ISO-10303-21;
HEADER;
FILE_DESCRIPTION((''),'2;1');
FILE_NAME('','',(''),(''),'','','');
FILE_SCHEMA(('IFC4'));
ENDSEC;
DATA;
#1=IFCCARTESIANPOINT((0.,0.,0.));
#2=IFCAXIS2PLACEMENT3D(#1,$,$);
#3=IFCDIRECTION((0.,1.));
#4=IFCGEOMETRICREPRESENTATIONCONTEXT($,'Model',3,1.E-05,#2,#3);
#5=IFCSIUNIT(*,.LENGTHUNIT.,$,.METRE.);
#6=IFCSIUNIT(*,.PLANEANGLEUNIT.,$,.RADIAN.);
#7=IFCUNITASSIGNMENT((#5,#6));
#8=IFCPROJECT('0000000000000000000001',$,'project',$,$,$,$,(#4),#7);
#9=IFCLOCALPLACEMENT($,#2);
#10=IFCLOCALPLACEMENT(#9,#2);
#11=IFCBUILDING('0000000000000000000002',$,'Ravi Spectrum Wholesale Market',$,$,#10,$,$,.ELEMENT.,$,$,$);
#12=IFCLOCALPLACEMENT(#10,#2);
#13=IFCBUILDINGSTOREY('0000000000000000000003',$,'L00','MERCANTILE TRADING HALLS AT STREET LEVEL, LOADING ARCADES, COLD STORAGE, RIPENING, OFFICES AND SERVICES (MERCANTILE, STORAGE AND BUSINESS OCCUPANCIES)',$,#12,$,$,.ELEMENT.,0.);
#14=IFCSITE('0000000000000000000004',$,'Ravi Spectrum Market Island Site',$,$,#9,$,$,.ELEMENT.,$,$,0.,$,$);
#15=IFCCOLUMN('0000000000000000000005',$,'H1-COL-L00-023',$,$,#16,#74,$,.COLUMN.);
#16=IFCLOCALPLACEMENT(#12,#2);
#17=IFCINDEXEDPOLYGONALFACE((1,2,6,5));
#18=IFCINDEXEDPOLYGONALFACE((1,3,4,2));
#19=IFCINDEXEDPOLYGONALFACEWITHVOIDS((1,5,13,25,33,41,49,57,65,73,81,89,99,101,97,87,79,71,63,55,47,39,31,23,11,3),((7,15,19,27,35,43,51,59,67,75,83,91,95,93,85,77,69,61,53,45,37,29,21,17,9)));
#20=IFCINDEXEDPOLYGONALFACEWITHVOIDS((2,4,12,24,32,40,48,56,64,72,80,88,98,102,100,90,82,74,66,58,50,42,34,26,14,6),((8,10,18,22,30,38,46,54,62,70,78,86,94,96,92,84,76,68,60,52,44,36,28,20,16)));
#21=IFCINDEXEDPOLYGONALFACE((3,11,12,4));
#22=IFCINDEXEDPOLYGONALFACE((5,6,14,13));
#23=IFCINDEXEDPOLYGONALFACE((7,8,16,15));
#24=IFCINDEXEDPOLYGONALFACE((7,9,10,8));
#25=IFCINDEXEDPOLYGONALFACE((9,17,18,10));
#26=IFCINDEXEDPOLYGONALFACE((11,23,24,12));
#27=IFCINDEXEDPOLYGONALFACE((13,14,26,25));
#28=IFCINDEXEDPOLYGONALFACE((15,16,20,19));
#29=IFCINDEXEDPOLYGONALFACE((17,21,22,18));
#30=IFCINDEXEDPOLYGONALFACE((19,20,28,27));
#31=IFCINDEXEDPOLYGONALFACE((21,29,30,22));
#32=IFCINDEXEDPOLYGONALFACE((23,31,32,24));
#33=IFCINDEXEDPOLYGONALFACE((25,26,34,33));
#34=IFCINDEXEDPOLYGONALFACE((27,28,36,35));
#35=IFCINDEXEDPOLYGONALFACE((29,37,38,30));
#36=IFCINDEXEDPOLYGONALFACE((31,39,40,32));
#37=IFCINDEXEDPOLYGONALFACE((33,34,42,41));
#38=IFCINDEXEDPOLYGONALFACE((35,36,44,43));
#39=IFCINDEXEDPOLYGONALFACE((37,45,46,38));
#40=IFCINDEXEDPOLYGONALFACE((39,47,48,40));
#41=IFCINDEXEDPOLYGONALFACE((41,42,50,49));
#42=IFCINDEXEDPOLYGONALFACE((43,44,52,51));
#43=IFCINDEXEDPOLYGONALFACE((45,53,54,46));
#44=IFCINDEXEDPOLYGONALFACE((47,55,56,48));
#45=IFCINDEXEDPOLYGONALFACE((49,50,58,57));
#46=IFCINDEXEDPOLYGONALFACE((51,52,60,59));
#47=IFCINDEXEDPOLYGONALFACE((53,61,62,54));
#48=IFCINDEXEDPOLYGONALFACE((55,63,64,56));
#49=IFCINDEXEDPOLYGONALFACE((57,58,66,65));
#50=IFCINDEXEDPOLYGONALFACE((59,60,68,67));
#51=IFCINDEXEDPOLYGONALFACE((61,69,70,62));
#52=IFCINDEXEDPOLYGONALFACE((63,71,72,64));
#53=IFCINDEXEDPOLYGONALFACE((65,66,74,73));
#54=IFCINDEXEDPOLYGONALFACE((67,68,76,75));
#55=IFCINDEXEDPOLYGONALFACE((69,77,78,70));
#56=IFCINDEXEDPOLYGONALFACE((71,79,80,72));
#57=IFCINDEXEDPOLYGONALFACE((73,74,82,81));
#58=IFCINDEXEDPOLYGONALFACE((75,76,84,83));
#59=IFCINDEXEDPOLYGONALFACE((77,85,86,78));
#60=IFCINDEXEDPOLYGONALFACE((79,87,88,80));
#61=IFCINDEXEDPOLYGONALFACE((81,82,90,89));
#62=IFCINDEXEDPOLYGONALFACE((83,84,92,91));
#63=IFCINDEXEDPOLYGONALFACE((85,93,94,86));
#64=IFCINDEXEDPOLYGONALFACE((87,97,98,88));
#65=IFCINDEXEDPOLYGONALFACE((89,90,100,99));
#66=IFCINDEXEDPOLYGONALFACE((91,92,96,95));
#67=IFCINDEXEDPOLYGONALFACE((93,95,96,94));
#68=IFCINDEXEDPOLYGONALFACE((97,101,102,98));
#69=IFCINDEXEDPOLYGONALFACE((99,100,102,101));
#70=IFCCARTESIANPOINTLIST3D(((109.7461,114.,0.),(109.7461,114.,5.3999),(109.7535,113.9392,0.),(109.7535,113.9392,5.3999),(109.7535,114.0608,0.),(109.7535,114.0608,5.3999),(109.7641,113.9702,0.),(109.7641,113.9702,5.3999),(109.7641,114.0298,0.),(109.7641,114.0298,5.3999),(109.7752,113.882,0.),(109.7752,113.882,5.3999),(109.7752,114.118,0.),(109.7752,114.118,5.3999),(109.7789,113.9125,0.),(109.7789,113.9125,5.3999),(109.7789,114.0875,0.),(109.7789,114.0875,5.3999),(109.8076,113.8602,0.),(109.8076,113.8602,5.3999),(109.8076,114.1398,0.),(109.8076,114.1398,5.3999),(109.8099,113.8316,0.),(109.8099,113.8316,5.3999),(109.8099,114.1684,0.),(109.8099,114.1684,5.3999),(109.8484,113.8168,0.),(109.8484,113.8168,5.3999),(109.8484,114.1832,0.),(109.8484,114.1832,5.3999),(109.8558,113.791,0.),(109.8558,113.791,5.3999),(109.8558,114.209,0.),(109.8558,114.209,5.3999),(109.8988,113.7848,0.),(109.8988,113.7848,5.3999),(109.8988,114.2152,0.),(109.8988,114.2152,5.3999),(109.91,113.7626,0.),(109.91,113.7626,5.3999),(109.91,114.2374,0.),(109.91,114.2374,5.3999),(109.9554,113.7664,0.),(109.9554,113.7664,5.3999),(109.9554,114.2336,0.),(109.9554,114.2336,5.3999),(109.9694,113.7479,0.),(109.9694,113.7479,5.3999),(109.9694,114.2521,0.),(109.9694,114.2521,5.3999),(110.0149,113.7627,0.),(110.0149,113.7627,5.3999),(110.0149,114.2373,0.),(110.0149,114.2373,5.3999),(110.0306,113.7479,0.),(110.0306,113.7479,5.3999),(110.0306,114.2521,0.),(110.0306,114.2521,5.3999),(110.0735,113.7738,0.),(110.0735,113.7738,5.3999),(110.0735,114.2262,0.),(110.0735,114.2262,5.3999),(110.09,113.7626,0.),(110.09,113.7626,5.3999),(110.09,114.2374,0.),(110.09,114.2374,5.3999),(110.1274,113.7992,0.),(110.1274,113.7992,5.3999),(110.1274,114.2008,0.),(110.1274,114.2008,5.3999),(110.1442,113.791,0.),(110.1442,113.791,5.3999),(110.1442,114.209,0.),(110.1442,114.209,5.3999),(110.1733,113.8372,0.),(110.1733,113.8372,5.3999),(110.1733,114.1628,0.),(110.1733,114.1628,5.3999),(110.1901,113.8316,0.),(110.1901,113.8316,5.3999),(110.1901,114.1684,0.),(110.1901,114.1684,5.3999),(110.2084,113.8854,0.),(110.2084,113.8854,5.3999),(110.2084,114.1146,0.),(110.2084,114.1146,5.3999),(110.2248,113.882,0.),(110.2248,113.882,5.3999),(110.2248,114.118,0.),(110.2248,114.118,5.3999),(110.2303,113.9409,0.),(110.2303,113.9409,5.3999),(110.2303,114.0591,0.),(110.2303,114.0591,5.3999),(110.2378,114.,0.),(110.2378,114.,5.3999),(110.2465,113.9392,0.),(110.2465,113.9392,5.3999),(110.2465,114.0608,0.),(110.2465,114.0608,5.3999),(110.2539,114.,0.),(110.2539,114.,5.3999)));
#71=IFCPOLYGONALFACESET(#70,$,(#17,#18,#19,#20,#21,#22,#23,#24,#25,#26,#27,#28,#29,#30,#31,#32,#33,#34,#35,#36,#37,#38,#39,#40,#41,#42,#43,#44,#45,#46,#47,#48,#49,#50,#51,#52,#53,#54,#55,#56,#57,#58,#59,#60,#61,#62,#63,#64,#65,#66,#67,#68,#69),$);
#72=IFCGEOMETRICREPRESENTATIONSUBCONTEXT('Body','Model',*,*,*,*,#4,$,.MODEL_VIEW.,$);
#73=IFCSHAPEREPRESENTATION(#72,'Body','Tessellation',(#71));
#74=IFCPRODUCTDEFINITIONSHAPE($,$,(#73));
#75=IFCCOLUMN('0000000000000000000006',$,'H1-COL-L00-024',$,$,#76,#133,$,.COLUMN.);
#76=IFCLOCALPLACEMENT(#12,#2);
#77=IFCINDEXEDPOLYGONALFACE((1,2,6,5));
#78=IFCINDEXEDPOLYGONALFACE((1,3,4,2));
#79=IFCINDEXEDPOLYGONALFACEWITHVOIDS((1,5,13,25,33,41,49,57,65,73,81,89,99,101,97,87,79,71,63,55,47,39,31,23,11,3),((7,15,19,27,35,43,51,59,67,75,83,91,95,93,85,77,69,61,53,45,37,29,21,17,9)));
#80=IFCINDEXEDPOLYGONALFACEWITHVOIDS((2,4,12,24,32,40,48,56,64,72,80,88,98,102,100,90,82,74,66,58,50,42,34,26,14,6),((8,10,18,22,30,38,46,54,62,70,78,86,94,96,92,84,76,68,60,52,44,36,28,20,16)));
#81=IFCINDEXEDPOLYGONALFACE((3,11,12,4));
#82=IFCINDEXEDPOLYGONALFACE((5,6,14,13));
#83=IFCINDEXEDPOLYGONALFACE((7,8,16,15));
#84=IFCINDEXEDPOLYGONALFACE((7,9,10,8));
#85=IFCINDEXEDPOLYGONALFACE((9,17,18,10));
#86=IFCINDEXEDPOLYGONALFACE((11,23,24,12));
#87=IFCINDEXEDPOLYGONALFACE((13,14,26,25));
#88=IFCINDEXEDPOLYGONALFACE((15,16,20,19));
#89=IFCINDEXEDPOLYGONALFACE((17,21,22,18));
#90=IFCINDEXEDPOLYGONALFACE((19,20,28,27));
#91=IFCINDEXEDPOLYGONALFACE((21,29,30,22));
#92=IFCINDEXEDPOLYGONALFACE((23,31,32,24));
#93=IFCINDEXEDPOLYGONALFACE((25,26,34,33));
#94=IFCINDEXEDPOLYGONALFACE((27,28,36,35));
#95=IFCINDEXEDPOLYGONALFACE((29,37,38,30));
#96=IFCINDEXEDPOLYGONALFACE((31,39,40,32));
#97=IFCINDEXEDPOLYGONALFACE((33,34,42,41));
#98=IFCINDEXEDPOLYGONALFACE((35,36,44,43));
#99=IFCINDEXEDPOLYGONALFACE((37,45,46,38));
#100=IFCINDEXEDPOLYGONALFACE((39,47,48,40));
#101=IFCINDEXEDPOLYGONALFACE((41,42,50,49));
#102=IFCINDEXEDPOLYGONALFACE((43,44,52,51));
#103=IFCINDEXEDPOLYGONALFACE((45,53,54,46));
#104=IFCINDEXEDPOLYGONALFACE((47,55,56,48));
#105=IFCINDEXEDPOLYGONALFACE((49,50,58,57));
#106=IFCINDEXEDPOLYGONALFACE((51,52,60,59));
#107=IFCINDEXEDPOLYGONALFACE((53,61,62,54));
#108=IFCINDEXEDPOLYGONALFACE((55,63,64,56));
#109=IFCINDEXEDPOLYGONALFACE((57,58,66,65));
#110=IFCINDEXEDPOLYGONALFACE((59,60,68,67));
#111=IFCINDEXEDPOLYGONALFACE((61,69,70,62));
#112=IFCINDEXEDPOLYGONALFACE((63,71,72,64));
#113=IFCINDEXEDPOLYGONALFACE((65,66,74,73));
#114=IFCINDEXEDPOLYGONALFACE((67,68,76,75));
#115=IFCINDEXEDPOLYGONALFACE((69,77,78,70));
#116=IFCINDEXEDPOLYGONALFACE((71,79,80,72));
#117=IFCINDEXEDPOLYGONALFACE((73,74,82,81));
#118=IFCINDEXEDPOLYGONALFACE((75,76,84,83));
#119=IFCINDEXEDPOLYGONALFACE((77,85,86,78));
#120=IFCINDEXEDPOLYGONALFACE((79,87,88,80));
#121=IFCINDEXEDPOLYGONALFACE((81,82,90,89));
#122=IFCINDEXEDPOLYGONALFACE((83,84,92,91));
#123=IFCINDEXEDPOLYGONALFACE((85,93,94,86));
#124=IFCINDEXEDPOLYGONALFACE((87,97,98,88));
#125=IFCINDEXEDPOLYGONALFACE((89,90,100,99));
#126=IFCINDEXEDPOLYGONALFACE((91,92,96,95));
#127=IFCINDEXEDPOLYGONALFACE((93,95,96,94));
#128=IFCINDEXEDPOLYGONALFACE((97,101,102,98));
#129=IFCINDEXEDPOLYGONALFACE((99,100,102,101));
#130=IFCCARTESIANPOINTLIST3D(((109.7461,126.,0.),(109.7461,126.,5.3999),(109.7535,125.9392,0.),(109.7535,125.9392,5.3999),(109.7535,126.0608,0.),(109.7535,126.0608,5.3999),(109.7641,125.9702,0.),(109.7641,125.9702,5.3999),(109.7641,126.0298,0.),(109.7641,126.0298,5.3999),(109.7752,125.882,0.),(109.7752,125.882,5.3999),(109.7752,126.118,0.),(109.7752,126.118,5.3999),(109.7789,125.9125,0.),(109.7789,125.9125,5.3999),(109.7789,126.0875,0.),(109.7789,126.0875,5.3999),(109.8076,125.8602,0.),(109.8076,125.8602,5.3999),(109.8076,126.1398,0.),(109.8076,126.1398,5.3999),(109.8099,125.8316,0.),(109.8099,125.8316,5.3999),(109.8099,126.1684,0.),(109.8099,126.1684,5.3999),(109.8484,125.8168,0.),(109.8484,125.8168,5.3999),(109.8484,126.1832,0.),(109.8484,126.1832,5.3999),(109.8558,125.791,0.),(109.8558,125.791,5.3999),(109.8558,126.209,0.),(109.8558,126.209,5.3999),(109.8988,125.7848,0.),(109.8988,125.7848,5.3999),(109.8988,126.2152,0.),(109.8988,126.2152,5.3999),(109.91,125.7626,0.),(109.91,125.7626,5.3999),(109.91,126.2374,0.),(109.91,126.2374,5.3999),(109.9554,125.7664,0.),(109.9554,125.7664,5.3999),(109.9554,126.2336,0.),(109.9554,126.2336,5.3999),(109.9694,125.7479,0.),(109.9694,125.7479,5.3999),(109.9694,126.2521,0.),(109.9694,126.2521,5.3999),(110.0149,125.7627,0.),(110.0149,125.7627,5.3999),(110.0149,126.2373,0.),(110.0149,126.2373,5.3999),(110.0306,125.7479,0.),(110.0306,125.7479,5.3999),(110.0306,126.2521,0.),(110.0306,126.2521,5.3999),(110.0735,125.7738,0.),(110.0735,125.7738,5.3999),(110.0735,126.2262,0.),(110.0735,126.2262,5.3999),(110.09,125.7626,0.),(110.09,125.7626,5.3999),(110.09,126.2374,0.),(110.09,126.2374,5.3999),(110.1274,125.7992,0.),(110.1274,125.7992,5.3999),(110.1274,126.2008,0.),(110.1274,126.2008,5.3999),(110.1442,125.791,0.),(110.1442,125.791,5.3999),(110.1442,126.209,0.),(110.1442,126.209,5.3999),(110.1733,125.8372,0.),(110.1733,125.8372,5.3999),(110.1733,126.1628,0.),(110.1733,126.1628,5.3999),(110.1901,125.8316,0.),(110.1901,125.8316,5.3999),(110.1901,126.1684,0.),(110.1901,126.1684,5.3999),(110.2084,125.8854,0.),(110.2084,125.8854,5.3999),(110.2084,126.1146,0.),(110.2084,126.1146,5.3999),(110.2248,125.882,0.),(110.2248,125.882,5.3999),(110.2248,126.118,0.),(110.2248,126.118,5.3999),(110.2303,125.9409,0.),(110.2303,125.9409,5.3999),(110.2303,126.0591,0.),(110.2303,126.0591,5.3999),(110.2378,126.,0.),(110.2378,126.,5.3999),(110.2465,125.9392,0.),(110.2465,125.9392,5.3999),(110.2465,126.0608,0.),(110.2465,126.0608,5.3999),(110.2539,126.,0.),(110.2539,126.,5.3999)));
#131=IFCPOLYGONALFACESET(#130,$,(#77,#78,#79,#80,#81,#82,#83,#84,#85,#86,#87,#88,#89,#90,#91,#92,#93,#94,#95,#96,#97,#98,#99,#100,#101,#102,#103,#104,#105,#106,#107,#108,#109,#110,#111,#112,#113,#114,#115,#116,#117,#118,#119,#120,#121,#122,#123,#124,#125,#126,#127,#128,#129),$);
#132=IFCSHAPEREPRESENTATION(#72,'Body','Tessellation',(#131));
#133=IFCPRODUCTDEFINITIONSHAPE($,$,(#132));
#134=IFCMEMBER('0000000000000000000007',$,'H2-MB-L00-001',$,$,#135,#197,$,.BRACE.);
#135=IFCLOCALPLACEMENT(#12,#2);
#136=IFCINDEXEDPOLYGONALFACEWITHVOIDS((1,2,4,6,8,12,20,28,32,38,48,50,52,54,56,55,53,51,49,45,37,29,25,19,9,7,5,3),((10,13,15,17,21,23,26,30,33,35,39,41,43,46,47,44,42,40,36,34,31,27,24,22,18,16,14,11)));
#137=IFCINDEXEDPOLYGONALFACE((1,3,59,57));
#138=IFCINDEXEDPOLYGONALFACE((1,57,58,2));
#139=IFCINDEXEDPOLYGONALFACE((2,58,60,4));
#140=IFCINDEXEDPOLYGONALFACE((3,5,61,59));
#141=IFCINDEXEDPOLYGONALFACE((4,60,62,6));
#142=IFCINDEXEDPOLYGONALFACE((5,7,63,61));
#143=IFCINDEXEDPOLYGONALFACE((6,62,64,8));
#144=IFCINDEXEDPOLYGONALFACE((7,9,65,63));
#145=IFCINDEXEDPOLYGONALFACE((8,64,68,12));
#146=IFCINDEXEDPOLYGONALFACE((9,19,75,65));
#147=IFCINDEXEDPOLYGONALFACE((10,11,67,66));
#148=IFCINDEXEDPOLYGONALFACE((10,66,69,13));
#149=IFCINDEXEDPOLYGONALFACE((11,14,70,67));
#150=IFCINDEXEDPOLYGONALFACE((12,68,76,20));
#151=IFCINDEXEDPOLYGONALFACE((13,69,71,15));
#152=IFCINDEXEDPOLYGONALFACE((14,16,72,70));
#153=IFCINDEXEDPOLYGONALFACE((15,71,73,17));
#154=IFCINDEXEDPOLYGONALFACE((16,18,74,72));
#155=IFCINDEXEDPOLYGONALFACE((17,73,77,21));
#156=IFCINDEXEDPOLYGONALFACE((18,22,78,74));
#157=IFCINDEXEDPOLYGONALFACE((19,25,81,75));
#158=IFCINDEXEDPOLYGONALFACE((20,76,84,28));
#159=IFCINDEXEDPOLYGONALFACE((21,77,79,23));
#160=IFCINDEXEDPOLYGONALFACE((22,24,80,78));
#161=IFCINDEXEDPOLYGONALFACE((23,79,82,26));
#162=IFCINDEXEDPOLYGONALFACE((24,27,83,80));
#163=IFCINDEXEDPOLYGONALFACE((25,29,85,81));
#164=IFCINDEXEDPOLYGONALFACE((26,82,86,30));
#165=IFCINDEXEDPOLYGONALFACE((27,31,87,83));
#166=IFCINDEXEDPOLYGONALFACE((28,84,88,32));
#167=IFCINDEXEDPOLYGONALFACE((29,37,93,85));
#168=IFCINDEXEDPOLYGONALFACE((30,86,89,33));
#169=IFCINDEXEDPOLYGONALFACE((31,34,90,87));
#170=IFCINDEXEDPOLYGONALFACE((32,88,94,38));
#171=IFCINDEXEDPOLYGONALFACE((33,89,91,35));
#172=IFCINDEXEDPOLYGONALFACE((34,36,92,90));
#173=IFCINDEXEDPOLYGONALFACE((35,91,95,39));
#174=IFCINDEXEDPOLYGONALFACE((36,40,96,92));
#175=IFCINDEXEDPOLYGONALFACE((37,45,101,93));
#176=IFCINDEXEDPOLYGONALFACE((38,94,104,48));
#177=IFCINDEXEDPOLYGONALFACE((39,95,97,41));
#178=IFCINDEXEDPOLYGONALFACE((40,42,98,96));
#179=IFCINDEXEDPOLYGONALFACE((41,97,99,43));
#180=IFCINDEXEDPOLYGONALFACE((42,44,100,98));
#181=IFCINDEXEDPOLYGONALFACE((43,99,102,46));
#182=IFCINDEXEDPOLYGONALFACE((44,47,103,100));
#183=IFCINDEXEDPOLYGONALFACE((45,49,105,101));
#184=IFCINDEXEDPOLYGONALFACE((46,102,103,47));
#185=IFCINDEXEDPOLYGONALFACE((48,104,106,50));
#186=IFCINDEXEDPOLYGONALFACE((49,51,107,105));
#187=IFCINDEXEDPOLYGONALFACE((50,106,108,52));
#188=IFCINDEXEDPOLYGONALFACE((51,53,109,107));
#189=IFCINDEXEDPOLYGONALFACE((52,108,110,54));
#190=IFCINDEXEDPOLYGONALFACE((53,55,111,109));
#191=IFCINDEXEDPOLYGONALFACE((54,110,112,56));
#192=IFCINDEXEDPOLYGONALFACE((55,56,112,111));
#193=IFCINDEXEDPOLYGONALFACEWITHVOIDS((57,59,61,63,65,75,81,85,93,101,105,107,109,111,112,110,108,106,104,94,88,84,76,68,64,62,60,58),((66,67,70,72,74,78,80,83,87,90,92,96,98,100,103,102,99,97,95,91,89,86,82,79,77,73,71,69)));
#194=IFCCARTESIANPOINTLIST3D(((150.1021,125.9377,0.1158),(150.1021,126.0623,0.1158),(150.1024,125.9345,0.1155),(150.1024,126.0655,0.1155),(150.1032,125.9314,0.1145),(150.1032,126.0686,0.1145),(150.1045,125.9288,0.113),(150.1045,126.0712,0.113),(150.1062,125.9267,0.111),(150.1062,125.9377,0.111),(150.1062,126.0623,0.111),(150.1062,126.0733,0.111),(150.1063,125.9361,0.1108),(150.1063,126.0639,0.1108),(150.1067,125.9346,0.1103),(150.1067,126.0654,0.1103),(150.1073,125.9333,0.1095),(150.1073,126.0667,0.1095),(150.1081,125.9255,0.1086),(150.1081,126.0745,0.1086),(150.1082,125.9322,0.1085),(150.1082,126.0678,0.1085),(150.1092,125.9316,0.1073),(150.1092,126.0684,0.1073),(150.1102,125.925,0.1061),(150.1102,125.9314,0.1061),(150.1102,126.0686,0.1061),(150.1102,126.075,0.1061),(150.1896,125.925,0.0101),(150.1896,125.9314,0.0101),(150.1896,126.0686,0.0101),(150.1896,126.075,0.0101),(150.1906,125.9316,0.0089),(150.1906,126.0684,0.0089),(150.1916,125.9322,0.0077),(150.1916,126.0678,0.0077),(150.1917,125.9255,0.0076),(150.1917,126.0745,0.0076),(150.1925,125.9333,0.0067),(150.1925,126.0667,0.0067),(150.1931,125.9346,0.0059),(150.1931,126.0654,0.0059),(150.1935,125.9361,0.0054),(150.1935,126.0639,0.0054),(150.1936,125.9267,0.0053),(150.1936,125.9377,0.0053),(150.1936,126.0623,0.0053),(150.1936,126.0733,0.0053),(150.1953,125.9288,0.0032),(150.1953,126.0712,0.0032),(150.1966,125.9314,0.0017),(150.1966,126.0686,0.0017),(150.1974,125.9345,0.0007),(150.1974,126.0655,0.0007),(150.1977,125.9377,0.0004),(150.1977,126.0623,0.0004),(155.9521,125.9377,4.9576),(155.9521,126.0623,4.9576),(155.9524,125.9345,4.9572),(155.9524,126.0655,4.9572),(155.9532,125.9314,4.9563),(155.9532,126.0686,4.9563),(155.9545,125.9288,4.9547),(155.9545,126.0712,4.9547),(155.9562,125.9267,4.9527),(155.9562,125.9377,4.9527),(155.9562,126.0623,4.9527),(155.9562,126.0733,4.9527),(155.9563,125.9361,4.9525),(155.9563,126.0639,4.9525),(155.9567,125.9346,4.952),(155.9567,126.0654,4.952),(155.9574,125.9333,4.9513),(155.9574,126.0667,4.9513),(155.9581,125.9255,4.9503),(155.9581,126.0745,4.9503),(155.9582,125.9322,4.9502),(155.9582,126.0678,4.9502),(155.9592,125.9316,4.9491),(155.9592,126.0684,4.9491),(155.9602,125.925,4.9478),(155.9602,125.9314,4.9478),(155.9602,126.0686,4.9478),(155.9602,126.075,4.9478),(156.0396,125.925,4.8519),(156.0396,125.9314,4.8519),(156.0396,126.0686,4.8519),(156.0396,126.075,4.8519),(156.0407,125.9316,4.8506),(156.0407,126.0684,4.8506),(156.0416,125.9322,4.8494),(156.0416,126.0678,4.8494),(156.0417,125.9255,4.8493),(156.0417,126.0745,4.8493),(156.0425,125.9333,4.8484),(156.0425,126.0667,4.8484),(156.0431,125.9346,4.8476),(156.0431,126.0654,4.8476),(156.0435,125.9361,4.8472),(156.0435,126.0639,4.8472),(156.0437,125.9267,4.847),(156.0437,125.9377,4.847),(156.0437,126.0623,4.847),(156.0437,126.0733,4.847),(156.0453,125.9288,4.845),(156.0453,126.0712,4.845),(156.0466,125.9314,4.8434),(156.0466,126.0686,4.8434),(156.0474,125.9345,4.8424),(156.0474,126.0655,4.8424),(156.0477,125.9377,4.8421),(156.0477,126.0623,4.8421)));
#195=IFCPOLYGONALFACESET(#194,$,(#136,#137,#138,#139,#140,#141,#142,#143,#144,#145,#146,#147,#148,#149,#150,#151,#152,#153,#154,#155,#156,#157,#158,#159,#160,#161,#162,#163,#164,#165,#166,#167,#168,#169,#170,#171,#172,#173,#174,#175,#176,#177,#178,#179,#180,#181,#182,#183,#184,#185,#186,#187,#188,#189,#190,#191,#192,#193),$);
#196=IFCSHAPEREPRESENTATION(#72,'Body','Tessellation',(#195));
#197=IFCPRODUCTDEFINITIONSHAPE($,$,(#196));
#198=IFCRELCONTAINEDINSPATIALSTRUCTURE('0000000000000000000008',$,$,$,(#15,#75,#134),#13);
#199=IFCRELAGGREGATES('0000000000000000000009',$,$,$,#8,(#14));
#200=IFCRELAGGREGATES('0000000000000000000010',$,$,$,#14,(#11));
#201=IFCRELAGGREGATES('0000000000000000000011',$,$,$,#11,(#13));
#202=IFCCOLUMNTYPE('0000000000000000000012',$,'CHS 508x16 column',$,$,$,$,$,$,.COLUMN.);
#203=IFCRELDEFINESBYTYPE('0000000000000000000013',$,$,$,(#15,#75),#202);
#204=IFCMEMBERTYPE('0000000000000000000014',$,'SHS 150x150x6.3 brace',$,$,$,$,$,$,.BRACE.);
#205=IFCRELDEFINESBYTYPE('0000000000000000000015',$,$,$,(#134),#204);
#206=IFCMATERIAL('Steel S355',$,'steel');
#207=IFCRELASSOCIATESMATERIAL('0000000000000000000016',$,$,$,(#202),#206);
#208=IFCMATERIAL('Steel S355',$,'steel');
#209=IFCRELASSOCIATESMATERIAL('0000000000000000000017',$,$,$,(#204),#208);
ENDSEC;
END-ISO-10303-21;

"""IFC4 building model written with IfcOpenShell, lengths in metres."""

from ifc_helpers import new_model, si_unit, direction, frame, origin, origin_2d, place, context, subcontext, project, spatial, hollow_rectangle, hollow_circle, extrude, material, material_profile, profile_set, type_object, element, save


model = new_model("IFC4")

# Units and contexts
model_context = context("Model", 3, precision=1e-05, world=origin(), true_north=direction((0.0, 1.0)))
body_context = subcontext(model_context, "Body", "Model", "MODEL_VIEW")
ifc_project = project(units=[si_unit("LENGTHUNIT", "METRE"), si_unit("PLANEANGLEUNIT", "RADIAN")], contexts=[model_context])

# Site, building, storey
site_placement = place(None, origin())
site = spatial("IfcSite", under=ifc_project, at=site_placement, Name="Ravi Spectrum Market Island Site", CompositionType="ELEMENT", RefElevation=0.0)
building_placement = place(site_placement, origin())
building = spatial("IfcBuilding", under=site, at=building_placement, Name="Ravi Spectrum Wholesale Market", CompositionType="ELEMENT")
storey_placement = place(building_placement, origin())
storey = spatial("IfcBuildingStorey", under=building, at=storey_placement, Name="L00", Description="MERCANTILE TRADING HALLS AT STREET LEVEL, LOADING ARCADES, COLD STORAGE, RIPENING, OFFICES AND SERVICES (MERCANTILE, STORAGE AND BUSINESS OCCUPANCIES)", CompositionType="ELEMENT", Elevation=0.0)

# Columns
ifc_material_1 = material(Name="Steel S355", Category="steel")
ifc_material_profile_1 = material_profile(ifc_material_1, hollow_circle(Radius=0.2539, WallThickness=0.0161, at=origin_2d()))
ifc_profile_set_1 = profile_set([ifc_material_profile_1], Name="Steel S355")
column_type_1 = type_object("IfcColumnType", Name="CHS 508x16 column", PredefinedType="COLUMN", material=ifc_profile_set_1)
for number, where, z_axis, x_axis, name in (
    (1, (110.0, 114.0, 0.0), (0.0, 0.0, 1.0), (1.0, 0.0, 0.0), "H1-COL-L00-023"),
    (2, (110.0, 126.0, 0.0), (0.0, 0.0, 1.0), (1.0, 0.0, 0.0), "H1-COL-L00-024"),
):
    element("IfcColumn", number, at=place(storey_placement, frame(where, z_axis=z_axis, x_axis=x_axis)), inside=storey, type_object=column_type_1, Name=name, PredefinedType="COLUMN", context=body_context, shape_type="SweptSolid", body=[
        extrude(hollow_circle(Radius=0.2539, WallThickness=0.0161, at=origin_2d()), origin(), (0.0, 0.0, 1.0), 5.3999),
    ])

# Member
ifc_material_2 = material(Name="Steel S355", Category="steel")
ifc_material_profile_2 = material_profile(ifc_material_2, hollow_rectangle(XDim=0.1499, YDim=0.1499, WallThickness=0.0063, InnerFilletRadius=0.0063, OuterFilletRadius=0.0127, at=origin_2d()))
ifc_profile_set_2 = profile_set([ifc_material_profile_2], Name="Steel S355")
member_type = type_object("IfcMemberType", Name="SHS 150x150x6.3 brace", PredefinedType="BRACE", material=ifc_profile_set_2)
member_placement = place(storey_placement, frame((150.1499, 126.0, 0.0581), z_axis=(0.770373, 0.0, 0.637594), x_axis=(0.0, 1.0, 0.0)))
element("IfcMember", 3, at=member_placement, inside=storey, type_object=member_type, Name="H2-MB-L00-001", PredefinedType="BRACE", context=body_context, shape_type="SweptSolid", body=[
    extrude(hollow_rectangle(XDim=0.1499, YDim=0.1499, WallThickness=0.0063, InnerFilletRadius=0.0063, OuterFilletRadius=0.0127, at=origin_2d()), origin(), (0.0, 0.0, 1.0), 7.5938),
])

save(model, "model.ifc")
